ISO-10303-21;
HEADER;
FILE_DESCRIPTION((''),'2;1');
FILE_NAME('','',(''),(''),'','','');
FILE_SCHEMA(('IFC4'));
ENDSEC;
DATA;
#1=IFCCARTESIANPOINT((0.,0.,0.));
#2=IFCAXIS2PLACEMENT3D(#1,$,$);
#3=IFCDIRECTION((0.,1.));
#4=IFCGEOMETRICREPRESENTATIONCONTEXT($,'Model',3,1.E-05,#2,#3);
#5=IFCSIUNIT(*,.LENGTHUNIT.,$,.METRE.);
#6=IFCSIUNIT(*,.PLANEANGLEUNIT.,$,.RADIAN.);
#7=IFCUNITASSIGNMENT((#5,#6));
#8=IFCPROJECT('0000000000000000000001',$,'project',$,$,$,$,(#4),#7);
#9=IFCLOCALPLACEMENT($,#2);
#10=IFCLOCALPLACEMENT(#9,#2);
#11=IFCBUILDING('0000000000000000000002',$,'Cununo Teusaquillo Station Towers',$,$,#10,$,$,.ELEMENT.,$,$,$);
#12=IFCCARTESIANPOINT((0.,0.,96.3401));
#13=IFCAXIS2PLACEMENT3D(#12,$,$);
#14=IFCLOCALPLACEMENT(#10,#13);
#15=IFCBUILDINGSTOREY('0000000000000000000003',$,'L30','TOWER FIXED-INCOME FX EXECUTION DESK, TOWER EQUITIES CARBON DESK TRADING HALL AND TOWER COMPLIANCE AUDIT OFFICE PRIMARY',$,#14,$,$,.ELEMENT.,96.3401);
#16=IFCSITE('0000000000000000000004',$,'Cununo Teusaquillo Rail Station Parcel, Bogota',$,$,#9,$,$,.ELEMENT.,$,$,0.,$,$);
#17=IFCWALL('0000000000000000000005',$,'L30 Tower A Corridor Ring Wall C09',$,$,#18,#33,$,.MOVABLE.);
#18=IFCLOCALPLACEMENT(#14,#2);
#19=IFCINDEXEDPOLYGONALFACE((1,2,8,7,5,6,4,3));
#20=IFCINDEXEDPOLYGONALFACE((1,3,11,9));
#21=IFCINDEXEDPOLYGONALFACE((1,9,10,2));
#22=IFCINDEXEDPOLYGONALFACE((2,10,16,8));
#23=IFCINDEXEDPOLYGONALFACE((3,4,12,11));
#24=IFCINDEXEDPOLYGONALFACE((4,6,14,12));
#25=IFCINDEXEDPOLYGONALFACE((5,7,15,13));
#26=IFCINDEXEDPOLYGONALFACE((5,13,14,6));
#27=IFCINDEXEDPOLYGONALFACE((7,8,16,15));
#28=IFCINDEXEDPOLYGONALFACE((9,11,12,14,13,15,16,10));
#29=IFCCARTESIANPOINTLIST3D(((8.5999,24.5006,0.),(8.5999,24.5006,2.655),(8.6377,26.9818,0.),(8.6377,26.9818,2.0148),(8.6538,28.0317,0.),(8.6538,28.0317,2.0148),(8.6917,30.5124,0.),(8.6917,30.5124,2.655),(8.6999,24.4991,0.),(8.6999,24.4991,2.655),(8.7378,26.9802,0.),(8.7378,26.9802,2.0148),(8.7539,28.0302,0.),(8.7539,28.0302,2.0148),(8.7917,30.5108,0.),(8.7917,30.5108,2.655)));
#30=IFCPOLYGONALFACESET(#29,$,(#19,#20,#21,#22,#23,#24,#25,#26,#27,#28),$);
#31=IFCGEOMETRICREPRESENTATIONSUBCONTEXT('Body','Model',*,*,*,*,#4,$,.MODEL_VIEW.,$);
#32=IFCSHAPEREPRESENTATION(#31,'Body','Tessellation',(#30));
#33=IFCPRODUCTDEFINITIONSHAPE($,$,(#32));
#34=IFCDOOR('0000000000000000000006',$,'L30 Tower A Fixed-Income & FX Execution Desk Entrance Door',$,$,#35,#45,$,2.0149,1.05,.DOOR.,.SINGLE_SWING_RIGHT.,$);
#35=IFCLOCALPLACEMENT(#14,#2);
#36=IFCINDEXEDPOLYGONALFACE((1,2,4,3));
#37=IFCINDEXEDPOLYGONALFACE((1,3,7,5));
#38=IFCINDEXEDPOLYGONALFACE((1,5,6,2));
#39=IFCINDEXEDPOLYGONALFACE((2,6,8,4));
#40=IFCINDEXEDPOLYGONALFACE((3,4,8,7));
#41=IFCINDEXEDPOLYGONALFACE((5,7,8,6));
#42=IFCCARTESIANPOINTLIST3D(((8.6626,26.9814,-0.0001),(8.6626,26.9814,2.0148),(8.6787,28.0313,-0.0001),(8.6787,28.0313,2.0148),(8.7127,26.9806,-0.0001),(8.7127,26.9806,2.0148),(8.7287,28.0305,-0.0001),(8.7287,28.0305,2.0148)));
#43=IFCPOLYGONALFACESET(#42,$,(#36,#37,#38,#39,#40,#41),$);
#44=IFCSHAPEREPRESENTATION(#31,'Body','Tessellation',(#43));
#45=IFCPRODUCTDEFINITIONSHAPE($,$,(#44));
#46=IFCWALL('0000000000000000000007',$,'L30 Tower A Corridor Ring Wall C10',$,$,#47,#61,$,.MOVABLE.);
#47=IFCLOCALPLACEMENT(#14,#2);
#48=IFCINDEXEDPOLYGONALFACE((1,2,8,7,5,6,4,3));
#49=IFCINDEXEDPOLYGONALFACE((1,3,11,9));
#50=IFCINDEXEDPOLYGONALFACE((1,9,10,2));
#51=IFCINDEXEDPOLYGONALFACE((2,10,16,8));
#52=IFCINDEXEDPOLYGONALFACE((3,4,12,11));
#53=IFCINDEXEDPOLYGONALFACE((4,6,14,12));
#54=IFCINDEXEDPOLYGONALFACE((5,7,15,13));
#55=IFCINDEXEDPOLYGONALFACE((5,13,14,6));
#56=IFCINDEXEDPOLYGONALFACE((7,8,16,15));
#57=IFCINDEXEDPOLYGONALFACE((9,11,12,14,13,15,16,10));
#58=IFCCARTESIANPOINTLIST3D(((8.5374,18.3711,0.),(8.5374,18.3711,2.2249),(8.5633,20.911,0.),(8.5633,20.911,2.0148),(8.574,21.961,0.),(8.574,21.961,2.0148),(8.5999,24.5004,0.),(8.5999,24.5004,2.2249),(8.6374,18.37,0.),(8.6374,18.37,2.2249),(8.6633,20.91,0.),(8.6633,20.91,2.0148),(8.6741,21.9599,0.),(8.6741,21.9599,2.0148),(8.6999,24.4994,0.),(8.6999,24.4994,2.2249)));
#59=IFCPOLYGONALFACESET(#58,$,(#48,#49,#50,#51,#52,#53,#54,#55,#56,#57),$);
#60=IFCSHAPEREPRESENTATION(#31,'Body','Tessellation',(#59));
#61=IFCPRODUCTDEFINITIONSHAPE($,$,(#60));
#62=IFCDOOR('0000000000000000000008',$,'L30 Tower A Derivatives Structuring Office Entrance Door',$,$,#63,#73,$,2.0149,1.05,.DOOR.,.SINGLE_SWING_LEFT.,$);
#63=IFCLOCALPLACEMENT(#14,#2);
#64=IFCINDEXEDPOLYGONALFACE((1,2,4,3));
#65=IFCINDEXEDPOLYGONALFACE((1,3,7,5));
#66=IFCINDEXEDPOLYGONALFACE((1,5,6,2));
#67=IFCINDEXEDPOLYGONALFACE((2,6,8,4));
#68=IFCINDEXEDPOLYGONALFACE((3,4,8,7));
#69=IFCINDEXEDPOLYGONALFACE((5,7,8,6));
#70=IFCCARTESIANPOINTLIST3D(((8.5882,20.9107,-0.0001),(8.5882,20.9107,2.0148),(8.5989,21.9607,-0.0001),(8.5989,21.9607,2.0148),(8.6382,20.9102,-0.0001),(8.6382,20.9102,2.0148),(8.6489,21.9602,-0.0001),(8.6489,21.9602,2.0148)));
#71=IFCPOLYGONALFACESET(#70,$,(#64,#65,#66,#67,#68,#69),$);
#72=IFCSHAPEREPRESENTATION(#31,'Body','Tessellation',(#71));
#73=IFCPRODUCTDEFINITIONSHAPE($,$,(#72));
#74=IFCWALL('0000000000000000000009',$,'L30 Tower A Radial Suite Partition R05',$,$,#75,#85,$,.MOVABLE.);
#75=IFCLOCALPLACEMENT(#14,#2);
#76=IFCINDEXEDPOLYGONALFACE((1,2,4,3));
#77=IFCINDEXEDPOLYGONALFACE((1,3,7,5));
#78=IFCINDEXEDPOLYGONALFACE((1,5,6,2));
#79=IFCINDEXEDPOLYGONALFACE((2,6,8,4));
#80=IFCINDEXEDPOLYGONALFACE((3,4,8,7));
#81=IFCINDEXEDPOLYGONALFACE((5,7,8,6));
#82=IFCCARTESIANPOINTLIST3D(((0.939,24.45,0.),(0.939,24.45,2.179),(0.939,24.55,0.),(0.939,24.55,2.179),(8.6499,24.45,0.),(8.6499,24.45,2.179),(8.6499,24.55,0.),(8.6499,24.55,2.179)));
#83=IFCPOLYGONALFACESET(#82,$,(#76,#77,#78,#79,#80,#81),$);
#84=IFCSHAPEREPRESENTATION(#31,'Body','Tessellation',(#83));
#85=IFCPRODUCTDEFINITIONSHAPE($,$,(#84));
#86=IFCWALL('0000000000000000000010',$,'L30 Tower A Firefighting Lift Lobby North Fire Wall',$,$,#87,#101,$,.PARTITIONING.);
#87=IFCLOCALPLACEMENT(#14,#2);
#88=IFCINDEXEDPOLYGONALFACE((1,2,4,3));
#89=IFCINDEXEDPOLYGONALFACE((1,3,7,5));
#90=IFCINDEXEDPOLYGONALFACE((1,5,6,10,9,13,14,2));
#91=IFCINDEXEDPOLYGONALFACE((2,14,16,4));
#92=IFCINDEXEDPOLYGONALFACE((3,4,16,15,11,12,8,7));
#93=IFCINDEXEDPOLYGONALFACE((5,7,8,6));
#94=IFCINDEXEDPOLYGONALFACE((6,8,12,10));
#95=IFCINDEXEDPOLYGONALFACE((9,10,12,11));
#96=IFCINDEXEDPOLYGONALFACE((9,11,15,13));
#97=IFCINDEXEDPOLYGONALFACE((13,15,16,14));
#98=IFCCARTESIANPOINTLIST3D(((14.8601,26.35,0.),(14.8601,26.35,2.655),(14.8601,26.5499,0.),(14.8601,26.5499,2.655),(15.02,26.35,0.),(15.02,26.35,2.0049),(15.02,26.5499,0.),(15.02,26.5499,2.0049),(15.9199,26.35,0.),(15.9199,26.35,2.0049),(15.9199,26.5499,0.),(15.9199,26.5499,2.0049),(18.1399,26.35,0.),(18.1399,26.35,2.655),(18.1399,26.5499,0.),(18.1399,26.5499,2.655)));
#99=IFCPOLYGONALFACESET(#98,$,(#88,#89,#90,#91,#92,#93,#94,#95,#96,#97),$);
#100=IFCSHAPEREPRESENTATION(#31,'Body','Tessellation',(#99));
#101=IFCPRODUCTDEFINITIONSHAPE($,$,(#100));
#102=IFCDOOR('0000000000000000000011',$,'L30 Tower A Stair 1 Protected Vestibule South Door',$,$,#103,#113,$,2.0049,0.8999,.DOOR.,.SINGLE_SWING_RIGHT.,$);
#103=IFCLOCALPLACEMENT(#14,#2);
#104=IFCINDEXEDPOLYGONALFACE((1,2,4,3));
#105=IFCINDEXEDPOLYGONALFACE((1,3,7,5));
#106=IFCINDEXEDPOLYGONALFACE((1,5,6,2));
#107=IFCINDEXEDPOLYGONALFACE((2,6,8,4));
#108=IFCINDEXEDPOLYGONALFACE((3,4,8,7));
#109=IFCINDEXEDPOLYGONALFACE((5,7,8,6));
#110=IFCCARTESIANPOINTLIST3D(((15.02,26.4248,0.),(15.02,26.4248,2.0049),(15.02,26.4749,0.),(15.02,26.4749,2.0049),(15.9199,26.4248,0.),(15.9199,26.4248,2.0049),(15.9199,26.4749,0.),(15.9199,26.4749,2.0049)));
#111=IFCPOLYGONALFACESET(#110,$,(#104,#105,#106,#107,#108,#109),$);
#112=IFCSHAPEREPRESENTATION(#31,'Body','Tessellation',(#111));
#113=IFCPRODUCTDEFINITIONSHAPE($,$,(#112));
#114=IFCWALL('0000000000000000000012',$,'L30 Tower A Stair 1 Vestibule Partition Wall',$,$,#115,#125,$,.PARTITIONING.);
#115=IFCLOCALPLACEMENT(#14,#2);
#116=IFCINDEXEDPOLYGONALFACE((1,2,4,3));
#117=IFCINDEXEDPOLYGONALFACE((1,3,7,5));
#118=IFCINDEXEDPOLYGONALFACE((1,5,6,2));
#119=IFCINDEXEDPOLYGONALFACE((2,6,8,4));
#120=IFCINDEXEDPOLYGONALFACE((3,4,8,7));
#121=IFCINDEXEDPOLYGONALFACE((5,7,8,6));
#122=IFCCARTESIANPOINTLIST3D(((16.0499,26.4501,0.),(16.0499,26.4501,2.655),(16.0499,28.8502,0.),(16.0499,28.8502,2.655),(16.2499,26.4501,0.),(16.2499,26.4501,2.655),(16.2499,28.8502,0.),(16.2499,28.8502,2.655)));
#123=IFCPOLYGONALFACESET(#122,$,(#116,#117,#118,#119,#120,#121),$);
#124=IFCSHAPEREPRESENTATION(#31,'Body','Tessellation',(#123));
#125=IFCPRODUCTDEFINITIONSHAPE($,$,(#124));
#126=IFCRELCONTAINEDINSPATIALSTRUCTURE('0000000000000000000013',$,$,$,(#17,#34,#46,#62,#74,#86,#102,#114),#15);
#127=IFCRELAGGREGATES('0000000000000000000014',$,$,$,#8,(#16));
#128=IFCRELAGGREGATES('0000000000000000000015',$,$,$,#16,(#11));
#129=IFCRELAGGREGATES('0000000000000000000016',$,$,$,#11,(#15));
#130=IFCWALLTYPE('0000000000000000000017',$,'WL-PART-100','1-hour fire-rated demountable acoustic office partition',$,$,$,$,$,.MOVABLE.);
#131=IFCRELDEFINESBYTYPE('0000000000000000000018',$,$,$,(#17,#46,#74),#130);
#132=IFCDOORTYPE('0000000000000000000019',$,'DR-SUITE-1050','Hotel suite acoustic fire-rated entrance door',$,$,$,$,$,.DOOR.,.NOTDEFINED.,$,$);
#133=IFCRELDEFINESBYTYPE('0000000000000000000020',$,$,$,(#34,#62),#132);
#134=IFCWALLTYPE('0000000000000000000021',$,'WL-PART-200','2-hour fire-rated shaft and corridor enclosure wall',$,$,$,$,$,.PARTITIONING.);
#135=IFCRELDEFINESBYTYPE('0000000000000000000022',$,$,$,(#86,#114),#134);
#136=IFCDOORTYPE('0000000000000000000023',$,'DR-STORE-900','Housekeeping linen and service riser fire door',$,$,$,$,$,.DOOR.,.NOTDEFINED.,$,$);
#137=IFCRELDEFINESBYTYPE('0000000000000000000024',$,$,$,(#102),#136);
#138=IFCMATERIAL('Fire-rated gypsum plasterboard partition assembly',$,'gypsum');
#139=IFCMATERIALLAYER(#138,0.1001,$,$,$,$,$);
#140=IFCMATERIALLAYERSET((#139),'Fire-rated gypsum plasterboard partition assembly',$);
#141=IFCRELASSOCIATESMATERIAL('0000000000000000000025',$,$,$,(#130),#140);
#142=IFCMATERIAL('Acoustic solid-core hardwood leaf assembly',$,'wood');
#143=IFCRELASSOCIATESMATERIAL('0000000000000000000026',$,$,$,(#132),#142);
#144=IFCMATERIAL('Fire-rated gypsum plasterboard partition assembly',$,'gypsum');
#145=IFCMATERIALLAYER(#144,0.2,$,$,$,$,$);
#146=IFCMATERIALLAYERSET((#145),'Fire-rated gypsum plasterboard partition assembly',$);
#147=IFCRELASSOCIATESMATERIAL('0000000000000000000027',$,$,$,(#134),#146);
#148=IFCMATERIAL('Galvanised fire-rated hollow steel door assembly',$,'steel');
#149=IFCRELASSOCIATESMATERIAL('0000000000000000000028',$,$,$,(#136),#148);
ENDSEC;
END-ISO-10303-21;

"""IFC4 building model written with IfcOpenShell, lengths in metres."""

from ifc_helpers import new_model, si_unit, direction, frame, frame_2d, origin, place, context, subcontext, project, spatial, rectangle, extrude, source, transform, mapped, material, layer, layer_set, type_object, element, fill, save


model = new_model("IFC4")

# Units and contexts
model_context = context("Model", 3, precision=1e-05, world=origin(), true_north=direction((0.0, 1.0)))
body_context = subcontext(model_context, "Body", "Model", "MODEL_VIEW")
ifc_project = project(units=[si_unit("LENGTHUNIT", "METRE"), si_unit("PLANEANGLEUNIT", "RADIAN")], contexts=[model_context])

# Site, building, storey
site_placement = place(None, origin())
site = spatial("IfcSite", under=ifc_project, at=site_placement, Name="Cununo Teusaquillo Rail Station Parcel, Bogota", CompositionType="ELEMENT", RefElevation=0.0)
building_placement = place(site_placement, origin())
building = spatial("IfcBuilding", under=site, at=building_placement, Name="Cununo Teusaquillo Station Towers", CompositionType="ELEMENT")
storey_placement = place(building_placement, frame((0.0, 0.0, 96.3401)))
storey = spatial("IfcBuildingStorey", under=building, at=storey_placement, Name="L30", Description="TOWER FIXED-INCOME FX EXECUTION DESK, TOWER EQUITIES CARBON DESK TRADING HALL AND TOWER COMPLIANCE AUDIT OFFICE PRIMARY", CompositionType="ELEMENT", Elevation=96.3401)

# Walls, openings, doors
ifc_material_1 = material(Name="Fire-rated gypsum plasterboard partition assembly", Category="gypsum")
ifc_layer_1 = layer(ifc_material_1, 0.1001)
ifc_layer_set_1 = layer_set([ifc_layer_1], Name="Fire-rated gypsum plasterboard partition assembly")
wall_type_1 = type_object("IfcWallType", Name="WL-PART-100", Description="1-hour fire-rated demountable acoustic office partition", PredefinedType="MOVABLE", material=ifc_layer_set_1)
wall_1_placement = place(storey_placement, frame((8.7417, 30.5117, 0.0), z_axis=(0.0, 0.0, 1.0), x_axis=(-0.015268, -0.999883, 0.0)))
wall_1 = element("IfcWall", 1, at=wall_1_placement, inside=storey, type_object=wall_type_1, Name="L30 Tower A Corridor Ring Wall C09", PredefinedType="MOVABLE", context=body_context, shape_type="SweptSolid", body=[
    extrude(rectangle(XDim=6.0125, YDim=0.1001, at=frame_2d((3.0063, 0.0))), origin(), (0.0, 0.0, 1.0), 2.655),
])
shared_shape_1 = source(origin(), body_context, "Body", "SweptSolid", [
    extrude(rectangle(XDim=1.05, YDim=2.0149, at=frame_2d((0.5249, 1.0073))), frame((0.0, 0.0601, 0.0), z_axis=(0.0, -1.0, 0.0), x_axis=(1.0, 0.0, 0.0)), (0.0, 0.0, 1.0), 0.1201),
])
opening_1_placement = place(wall_1_placement, frame((2.4812, 0.0, 0.0)))
opening_1 = element("IfcOpeningElement", 2, at=opening_1_placement, cuts=wall_1, PredefinedType="OPENING", context=body_context, shape_type="MappedRepresentation", body=[
    mapped(shared_shape_1, transform((0.0, 0.0, 0.0), x_axis=(1.0, 0.0, 0.0), y_axis=(0.0, 1.0, 0.0), z_axis=(0.0, 0.0, 1.0), scale=1.0)),
])
ifc_material_2 = material(Name="Acoustic solid-core hardwood leaf assembly", Category="wood")
door_type_1 = type_object("IfcDoorType", Name="DR-SUITE-1050", Description="Hotel suite acoustic fire-rated entrance door", OperationType="NOTDEFINED", PredefinedType="DOOR", material=ifc_material_2)
shared_shape_2 = source(origin(), body_context, "Body", "SweptSolid", [
    extrude(rectangle(XDim=1.05, YDim=2.0149, at=frame_2d((0.5249, 1.0073))), frame((0.0, 0.0249, 0.0), z_axis=(0.0, -1.0, 0.0), x_axis=(1.0, 0.0, 0.0)), (0.0, 0.0, 1.0), 0.05),
])
door_1_placement = place(opening_1_placement, origin())
door_1 = element("IfcDoor", 3, at=door_1_placement, inside=storey, type_object=door_type_1, Name="L30 Tower A Fixed-Income & FX Execution Desk Entrance Door", OperationType="SINGLE_SWING_RIGHT", OverallHeight=2.0149, OverallWidth=1.05, PredefinedType="DOOR", context=body_context, shape_type="MappedRepresentation", body=[
    mapped(shared_shape_2, transform((0.0, 0.0, 0.0), x_axis=(1.0, 0.0, 0.0), y_axis=(0.0, 1.0, 0.0), z_axis=(0.0, 0.0, 1.0), scale=1.0)),
])
fill(opening_1, door_1)
wall_2_placement = place(storey_placement, frame((8.6499, 24.5, 0.0), z_axis=(0.0, 0.0, 1.0), x_axis=(-0.010196, -0.999948, 0.0)))
wall_2 = element("IfcWall", 4, at=wall_2_placement, inside=storey, type_object=wall_type_1, Name="L30 Tower A Corridor Ring Wall C10", PredefinedType="MOVABLE", context=body_context, shape_type="SweptSolid", body=[
    extrude(rectangle(XDim=6.1296, YDim=0.1001, at=frame_2d((3.0649, 0.0))), origin(), (0.0, 0.0, 1.0), 2.2249),
])
opening_2_placement = place(wall_2_placement, frame((2.5398, 0.0, 0.0)))
opening_2 = element("IfcOpeningElement", 5, at=opening_2_placement, cuts=wall_2, PredefinedType="OPENING", context=body_context, shape_type="MappedRepresentation", body=[
    mapped(shared_shape_1, transform((0.0, 0.0, 0.0), x_axis=(1.0, 0.0, 0.0), y_axis=(0.0, 1.0, 0.0), z_axis=(0.0, 0.0, 1.0), scale=1.0)),
])
door_2_placement = place(opening_2_placement, origin())
door_2 = element("IfcDoor", 6, at=door_2_placement, inside=storey, type_object=door_type_1, Name="L30 Tower A Derivatives Structuring Office Entrance Door", OperationType="SINGLE_SWING_LEFT", OverallHeight=2.0149, OverallWidth=1.05, PredefinedType="DOOR", context=body_context, shape_type="MappedRepresentation", body=[
    mapped(shared_shape_2, transform((0.0, 0.0, 0.0), x_axis=(1.0, 0.0, 0.0), y_axis=(0.0, 1.0, 0.0), z_axis=(0.0, 0.0, 1.0), scale=1.0)),
])
fill(opening_2, door_2)

# Wall
wall_3_placement = place(storey_placement, frame((8.6499, 24.5, 0.0), z_axis=(0.0, 0.0, 1.0), x_axis=(-1.0, 0.0, 0.0)))
element("IfcWall", 7, at=wall_3_placement, inside=storey, type_object=wall_type_1, Name="L30 Tower A Radial Suite Partition R05", PredefinedType="MOVABLE", context=body_context, shape_type="SweptSolid", body=[
    extrude(rectangle(XDim=7.7109, YDim=0.1001, at=frame_2d((3.8555, 0.0))), origin(), (0.0, 0.0, 1.0), 2.179),
])

# Wall, opening, door
ifc_material_3 = material(Name="Fire-rated gypsum plasterboard partition assembly", Category="gypsum")
ifc_layer_2 = layer(ifc_material_3, 0.2)
ifc_layer_set_2 = layer_set([ifc_layer_2], Name="Fire-rated gypsum plasterboard partition assembly")
wall_type_2 = type_object("IfcWallType", Name="WL-PART-200", Description="2-hour fire-rated shaft and corridor enclosure wall", PredefinedType="PARTITIONING", material=ifc_layer_set_2)
wall_4_placement = place(storey_placement, frame((14.8601, 26.45, 0.0), z_axis=(0.0, 0.0, 1.0), x_axis=(1.0, 0.0, 0.0)))
wall_4 = element("IfcWall", 8, at=wall_4_placement, inside=storey, type_object=wall_type_2, Name="L30 Tower A Firefighting Lift Lobby North Fire Wall", PredefinedType="PARTITIONING", context=body_context, shape_type="SweptSolid", body=[
    extrude(rectangle(XDim=3.2798, YDim=0.2, at=frame_2d((1.6399, 0.0))), origin(), (0.0, 0.0, 1.0), 2.655),
])
shared_shape_3 = source(origin(), body_context, "Body", "SweptSolid", [
    extrude(rectangle(XDim=0.8999, YDim=2.0049, at=frame_2d((0.45, 1.0024))), frame((0.0, 0.1099, 0.0), z_axis=(0.0, -1.0, 0.0), x_axis=(1.0, 0.0, 0.0)), (0.0, 0.0, 1.0), 0.22),
])
opening_3_placement = place(wall_4_placement, frame((0.1599, 0.0, 0.0)))
opening_3 = element("IfcOpeningElement", 9, at=opening_3_placement, cuts=wall_4, PredefinedType="OPENING", context=body_context, shape_type="MappedRepresentation", body=[
    mapped(shared_shape_3, transform((0.0, 0.0, 0.0), x_axis=(1.0, 0.0, 0.0), y_axis=(0.0, 1.0, 0.0), z_axis=(0.0, 0.0, 1.0), scale=1.0)),
])
ifc_material_4 = material(Name="Galvanised fire-rated hollow steel door assembly", Category="steel")
door_type_2 = type_object("IfcDoorType", Name="DR-STORE-900", Description="Housekeeping linen and service riser fire door", OperationType="NOTDEFINED", PredefinedType="DOOR", material=ifc_material_4)
shared_shape_4 = source(origin(), body_context, "Body", "SweptSolid", [
    extrude(rectangle(XDim=0.8999, YDim=2.0049, at=frame_2d((0.45, 1.0024))), frame((0.0, 0.0249, 0.0), z_axis=(0.0, -1.0, 0.0), x_axis=(1.0, 0.0, 0.0)), (0.0, 0.0, 1.0), 0.05),
])
door_3_placement = place(opening_3_placement, origin())
door_3 = element("IfcDoor", 10, at=door_3_placement, inside=storey, type_object=door_type_2, Name="L30 Tower A Stair 1 Protected Vestibule South Door", OperationType="SINGLE_SWING_RIGHT", OverallHeight=2.0049, OverallWidth=0.8999, PredefinedType="DOOR", context=body_context, shape_type="MappedRepresentation", body=[
    mapped(shared_shape_4, transform((0.0, 0.0, 0.0), x_axis=(1.0, 0.0, 0.0), y_axis=(0.0, 1.0, 0.0), z_axis=(0.0, 0.0, 1.0), scale=1.0)),
])
fill(opening_3, door_3)

# Wall
wall_5_placement = place(storey_placement, frame((16.1499, 26.45, 0.0), z_axis=(0.0, 0.0, 1.0), x_axis=(0.0, 1.0, 0.0)))
element("IfcWall", 11, at=wall_5_placement, inside=storey, type_object=wall_type_2, Name="L30 Tower A Stair 1 Vestibule Partition Wall", PredefinedType="PARTITIONING", context=body_context, shape_type="SweptSolid", body=[
    extrude(rectangle(XDim=2.4001, YDim=0.2, at=frame_2d((1.2002, 0.0))), origin(), (0.0, 0.0, 1.0), 2.655),
])

save(model, "model.ifc")
